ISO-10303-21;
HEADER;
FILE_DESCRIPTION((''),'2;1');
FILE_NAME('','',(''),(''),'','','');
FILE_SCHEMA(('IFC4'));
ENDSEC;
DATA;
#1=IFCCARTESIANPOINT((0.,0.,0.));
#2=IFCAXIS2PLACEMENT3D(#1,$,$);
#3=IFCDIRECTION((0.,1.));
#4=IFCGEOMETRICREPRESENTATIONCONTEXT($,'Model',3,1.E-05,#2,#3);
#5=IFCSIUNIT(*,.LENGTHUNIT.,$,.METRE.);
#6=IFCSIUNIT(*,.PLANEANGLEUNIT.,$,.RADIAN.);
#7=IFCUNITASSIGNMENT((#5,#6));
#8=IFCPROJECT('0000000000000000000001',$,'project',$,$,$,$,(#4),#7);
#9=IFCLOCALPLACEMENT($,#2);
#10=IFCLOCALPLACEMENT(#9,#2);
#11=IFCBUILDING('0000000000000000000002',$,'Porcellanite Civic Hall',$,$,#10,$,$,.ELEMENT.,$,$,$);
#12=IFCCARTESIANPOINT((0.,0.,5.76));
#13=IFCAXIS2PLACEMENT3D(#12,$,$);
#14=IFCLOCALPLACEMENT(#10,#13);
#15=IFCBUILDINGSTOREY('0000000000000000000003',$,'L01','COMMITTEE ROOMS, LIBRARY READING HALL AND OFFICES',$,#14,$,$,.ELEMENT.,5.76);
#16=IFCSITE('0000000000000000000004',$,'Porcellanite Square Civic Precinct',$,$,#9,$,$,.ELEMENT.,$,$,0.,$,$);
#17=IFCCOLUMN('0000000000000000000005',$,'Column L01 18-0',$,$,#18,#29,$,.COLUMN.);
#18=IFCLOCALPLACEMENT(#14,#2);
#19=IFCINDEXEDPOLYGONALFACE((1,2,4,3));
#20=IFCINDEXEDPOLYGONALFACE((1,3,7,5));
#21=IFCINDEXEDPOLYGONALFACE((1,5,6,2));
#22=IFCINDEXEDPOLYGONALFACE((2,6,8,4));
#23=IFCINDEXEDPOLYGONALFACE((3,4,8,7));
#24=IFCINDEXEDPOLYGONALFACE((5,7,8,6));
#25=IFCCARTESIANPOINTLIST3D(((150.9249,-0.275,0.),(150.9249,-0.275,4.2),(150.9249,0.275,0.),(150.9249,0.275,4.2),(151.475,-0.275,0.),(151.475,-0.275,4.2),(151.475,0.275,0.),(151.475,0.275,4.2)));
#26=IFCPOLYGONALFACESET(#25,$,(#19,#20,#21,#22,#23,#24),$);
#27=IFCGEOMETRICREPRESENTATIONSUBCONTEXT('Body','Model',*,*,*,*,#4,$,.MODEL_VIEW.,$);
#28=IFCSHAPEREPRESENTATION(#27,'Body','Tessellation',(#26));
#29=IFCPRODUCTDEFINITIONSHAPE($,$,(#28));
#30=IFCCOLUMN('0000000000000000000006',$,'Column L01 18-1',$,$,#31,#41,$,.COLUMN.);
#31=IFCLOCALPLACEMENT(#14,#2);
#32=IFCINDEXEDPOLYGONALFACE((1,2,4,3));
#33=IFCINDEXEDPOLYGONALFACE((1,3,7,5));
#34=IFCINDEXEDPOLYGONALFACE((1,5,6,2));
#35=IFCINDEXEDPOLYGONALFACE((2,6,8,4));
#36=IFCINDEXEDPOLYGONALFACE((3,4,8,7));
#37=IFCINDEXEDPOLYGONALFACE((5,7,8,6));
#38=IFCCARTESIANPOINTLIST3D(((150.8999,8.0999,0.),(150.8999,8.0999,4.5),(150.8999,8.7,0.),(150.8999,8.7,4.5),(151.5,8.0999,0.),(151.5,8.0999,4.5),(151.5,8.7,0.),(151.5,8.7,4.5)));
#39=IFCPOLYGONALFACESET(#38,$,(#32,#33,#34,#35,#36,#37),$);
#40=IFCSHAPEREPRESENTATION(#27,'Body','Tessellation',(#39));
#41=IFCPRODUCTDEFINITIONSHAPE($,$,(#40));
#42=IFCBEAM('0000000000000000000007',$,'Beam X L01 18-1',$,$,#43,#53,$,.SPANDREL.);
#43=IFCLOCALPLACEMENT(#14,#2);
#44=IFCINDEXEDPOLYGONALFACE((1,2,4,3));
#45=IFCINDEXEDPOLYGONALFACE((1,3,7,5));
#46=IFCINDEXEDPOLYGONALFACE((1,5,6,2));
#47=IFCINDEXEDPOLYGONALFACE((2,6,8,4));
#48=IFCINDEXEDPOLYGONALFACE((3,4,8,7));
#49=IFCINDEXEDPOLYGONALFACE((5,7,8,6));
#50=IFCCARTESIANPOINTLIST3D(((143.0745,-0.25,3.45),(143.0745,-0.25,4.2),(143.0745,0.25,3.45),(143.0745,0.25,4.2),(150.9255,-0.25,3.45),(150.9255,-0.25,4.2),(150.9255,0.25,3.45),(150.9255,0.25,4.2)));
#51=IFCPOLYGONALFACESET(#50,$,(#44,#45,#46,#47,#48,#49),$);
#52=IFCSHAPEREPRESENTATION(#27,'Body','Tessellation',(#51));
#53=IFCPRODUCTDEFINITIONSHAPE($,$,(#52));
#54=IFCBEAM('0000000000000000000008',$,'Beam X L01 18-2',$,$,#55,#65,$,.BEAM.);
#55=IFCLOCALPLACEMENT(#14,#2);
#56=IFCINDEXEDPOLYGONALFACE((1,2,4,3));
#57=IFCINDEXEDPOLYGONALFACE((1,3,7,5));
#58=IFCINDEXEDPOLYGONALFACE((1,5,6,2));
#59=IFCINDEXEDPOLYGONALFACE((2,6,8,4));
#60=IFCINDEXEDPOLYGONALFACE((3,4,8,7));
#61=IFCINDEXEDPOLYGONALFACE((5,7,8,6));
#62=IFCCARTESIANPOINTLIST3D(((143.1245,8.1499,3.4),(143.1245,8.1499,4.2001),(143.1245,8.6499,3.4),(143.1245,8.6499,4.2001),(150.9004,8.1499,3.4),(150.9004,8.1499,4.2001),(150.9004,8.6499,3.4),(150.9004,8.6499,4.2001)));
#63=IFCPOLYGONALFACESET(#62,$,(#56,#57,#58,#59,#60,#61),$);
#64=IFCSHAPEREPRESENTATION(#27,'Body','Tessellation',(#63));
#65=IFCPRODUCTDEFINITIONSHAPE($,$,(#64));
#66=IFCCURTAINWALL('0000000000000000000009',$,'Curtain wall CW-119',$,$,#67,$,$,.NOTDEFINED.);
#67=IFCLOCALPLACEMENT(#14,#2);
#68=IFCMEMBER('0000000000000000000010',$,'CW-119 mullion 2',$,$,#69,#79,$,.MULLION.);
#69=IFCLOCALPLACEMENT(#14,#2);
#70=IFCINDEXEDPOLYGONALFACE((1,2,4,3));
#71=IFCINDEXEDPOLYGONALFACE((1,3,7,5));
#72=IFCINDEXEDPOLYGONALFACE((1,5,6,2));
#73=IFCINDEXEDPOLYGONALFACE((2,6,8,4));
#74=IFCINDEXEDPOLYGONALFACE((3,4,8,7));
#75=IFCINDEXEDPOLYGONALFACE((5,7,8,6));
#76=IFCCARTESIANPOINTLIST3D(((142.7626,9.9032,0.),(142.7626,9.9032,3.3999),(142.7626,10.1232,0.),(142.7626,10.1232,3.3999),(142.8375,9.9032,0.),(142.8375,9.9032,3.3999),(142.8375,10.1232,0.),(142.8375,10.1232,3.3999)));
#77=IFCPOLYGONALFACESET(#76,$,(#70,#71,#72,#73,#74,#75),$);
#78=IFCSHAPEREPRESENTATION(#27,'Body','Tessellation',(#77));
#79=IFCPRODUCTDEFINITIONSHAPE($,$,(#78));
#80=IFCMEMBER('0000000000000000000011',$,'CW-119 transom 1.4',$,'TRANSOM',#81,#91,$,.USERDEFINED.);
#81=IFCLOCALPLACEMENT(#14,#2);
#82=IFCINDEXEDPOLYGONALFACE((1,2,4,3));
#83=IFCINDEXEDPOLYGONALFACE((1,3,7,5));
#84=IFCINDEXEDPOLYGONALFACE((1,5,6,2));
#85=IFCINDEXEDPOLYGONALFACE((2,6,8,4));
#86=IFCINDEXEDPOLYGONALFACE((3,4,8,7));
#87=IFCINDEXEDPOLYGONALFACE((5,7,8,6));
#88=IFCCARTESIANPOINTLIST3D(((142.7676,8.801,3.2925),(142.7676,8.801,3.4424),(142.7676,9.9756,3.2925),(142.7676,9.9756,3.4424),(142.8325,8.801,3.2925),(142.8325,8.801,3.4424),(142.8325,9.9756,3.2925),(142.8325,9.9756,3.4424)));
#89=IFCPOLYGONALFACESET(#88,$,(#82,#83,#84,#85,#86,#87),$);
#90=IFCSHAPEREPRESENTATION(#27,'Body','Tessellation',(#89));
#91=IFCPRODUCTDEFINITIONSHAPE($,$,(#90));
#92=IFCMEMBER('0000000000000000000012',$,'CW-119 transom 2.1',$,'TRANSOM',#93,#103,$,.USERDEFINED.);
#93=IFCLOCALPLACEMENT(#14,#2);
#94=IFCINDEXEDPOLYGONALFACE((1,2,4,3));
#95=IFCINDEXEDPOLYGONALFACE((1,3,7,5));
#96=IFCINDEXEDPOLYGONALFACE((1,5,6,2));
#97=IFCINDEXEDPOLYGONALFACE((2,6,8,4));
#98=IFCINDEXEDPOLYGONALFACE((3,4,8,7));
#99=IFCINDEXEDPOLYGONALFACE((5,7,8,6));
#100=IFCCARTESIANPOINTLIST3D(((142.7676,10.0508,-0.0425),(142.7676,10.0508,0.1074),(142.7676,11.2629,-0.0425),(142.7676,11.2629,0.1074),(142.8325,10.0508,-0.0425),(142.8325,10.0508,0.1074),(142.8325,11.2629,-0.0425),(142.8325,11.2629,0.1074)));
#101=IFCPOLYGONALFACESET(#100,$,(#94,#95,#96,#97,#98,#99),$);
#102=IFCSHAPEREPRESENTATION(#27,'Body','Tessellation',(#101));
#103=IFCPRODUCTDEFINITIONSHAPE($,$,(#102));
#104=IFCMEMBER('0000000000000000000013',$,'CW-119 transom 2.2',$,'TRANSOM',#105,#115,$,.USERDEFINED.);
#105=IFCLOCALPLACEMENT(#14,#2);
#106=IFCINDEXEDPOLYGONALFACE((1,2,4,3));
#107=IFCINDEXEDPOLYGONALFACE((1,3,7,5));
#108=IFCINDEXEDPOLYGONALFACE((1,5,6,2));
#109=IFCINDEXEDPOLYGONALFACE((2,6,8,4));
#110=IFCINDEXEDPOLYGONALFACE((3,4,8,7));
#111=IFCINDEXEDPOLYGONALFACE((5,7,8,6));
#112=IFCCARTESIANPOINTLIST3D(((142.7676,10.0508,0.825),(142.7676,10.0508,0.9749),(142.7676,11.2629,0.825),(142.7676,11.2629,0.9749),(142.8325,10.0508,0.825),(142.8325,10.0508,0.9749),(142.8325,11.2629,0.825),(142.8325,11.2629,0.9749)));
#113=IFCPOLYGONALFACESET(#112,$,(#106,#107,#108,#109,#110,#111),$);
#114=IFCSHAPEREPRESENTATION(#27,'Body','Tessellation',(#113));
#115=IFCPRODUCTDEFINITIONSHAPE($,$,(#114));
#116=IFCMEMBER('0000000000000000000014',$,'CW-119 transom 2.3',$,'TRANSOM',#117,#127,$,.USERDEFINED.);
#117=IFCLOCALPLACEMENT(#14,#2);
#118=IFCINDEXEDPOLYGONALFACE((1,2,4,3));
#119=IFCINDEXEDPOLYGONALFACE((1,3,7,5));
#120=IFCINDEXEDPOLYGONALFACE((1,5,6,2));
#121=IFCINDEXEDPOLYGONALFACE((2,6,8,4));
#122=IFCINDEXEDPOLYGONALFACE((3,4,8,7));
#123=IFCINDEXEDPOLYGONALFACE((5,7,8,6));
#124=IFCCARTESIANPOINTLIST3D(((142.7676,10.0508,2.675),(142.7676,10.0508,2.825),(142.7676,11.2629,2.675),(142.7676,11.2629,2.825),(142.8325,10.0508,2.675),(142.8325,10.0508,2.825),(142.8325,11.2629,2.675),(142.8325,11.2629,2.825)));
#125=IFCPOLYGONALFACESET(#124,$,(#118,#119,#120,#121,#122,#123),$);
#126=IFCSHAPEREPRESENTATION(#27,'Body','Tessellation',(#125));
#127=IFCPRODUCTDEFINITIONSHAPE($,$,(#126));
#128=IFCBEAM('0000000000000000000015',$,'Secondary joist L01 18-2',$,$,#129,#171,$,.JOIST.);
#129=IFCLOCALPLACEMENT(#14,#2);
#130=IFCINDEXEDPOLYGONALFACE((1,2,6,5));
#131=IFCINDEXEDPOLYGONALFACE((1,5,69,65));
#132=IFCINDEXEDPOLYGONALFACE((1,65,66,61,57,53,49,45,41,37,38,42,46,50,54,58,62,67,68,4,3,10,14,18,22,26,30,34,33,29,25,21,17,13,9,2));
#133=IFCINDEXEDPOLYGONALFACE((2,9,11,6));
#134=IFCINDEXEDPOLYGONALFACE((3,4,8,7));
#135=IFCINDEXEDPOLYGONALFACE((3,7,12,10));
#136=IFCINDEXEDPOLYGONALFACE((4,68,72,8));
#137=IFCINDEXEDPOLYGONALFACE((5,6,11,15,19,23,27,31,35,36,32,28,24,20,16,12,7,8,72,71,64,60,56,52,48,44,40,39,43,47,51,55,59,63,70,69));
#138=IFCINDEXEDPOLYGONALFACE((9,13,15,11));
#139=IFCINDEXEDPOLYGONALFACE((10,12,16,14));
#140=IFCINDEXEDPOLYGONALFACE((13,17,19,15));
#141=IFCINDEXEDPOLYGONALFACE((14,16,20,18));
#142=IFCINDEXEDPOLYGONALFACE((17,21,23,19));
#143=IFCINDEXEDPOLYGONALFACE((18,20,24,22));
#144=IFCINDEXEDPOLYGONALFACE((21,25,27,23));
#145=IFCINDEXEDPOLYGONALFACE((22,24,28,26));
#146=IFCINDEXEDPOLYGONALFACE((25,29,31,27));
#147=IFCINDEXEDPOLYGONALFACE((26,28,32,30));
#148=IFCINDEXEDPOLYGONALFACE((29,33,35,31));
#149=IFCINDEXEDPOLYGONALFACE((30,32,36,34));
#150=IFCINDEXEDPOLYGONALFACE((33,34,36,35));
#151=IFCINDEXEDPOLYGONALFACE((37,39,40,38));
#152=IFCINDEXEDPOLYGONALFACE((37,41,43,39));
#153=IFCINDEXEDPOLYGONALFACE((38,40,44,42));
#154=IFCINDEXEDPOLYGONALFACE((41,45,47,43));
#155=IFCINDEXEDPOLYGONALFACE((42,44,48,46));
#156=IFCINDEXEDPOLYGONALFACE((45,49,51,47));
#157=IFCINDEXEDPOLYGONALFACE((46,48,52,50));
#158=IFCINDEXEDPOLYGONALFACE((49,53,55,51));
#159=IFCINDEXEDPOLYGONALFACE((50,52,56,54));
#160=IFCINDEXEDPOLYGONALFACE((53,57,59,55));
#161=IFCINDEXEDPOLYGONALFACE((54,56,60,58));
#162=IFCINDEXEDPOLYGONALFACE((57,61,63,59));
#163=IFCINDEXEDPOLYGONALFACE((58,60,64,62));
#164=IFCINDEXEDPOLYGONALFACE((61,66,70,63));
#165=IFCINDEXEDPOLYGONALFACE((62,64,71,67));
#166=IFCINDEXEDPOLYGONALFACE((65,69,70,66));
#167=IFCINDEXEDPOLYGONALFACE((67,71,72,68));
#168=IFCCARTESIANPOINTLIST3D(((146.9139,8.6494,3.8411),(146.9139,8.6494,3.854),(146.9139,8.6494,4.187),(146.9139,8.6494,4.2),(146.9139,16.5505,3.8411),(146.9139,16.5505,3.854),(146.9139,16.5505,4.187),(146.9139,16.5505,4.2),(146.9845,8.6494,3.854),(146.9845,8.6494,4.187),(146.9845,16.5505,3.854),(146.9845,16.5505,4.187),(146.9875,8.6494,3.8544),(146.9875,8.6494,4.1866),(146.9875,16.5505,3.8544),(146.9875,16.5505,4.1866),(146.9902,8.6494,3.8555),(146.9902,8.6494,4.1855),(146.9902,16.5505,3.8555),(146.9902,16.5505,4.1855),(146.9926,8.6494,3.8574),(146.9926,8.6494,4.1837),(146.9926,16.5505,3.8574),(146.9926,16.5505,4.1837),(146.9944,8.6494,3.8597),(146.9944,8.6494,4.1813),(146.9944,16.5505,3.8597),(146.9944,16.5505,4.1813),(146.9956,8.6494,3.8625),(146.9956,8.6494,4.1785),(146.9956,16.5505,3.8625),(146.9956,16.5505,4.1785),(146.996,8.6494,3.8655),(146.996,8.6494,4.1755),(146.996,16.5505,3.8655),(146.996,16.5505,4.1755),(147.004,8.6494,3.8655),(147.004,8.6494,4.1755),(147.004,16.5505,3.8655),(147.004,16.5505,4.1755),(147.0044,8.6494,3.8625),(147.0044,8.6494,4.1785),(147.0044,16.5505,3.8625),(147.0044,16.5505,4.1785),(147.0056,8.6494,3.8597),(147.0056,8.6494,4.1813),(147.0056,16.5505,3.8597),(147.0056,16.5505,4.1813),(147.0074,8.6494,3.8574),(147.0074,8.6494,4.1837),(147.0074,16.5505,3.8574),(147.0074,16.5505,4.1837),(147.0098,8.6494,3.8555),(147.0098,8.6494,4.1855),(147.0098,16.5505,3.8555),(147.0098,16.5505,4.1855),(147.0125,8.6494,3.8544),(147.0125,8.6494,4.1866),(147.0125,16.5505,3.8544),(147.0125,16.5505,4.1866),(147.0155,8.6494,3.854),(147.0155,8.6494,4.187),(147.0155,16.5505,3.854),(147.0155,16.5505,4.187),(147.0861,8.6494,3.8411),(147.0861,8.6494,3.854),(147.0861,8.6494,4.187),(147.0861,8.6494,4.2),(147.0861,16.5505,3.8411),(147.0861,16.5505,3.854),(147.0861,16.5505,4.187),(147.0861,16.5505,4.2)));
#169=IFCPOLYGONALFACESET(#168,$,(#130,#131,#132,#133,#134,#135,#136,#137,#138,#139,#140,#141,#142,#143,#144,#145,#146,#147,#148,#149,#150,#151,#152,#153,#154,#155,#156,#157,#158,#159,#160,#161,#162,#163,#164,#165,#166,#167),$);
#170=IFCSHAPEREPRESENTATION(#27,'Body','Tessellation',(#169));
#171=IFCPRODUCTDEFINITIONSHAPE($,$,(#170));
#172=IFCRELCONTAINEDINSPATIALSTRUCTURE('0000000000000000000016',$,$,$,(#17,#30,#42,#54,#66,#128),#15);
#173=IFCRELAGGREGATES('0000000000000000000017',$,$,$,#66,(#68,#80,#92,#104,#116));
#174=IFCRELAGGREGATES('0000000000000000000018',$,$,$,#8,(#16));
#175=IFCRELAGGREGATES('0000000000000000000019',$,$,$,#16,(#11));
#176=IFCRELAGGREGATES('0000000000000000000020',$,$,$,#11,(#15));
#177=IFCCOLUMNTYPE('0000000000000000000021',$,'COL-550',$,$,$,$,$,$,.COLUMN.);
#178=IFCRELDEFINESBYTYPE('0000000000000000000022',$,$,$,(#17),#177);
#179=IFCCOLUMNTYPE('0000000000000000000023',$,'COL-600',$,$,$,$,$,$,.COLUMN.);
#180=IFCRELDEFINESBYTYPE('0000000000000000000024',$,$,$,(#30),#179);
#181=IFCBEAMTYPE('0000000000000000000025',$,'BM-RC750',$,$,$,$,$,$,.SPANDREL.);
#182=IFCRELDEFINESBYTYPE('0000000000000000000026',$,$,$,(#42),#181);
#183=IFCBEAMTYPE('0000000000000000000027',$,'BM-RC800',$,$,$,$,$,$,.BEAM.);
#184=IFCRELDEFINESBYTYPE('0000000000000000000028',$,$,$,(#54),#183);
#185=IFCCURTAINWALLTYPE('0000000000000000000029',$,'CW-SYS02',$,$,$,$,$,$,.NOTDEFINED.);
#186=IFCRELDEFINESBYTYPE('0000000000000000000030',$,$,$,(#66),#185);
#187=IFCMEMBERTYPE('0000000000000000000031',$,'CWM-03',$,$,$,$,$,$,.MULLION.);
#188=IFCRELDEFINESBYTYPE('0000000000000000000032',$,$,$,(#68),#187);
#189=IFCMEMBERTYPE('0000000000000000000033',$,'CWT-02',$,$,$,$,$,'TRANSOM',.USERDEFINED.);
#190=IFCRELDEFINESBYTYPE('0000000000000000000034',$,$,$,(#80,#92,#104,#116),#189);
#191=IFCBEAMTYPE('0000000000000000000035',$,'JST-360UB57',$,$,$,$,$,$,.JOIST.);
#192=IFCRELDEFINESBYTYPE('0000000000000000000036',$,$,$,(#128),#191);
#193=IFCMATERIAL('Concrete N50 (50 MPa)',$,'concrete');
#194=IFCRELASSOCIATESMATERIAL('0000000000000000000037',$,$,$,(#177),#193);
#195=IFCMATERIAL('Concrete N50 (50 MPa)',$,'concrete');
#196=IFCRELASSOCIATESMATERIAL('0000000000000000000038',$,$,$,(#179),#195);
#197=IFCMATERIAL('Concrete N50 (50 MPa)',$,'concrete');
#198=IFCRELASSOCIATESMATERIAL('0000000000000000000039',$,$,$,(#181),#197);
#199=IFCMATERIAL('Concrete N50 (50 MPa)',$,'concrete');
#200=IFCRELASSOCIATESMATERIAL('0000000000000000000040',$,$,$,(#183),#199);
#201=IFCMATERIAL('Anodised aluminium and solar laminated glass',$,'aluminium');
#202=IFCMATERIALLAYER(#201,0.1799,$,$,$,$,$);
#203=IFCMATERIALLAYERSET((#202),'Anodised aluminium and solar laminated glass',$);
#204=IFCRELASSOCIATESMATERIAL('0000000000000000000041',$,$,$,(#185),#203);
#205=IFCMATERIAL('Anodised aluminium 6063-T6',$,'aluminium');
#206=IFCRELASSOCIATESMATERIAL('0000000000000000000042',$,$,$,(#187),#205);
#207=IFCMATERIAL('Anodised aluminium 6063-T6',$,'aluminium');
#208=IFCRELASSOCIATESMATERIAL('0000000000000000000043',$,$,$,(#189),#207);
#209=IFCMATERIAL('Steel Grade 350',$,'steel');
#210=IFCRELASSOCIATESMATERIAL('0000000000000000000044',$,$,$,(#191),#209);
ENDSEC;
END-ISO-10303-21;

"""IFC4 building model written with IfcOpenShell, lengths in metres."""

from ifc_helpers import new_model, si_unit, direction, frame, origin, origin_2d, place, context, subcontext, project, spatial, rectangle, i_section, extrude, material, layer, layer_set, material_profile, profile_set, type_object, element, aggregate, save


model = new_model("IFC4")

# Units and contexts
model_context = context("Model", 3, precision=1e-05, world=origin(), true_north=direction((0.0, 1.0)))
body_context = subcontext(model_context, "Body", "Model", "MODEL_VIEW")
ifc_project = project(units=[si_unit("LENGTHUNIT", "METRE"), si_unit("PLANEANGLEUNIT", "RADIAN")], contexts=[model_context])

# Site, building, storey
site_placement = place(None, origin())
site = spatial("IfcSite", under=ifc_project, at=site_placement, Name="Porcellanite Square Civic Precinct", CompositionType="ELEMENT", RefElevation=0.0)
building_placement = place(site_placement, origin())
building = spatial("IfcBuilding", under=site, at=building_placement, Name="Porcellanite Civic Hall", CompositionType="ELEMENT")
storey_placement = place(building_placement, frame((0.0, 0.0, 5.76)))
storey = spatial("IfcBuildingStorey", under=building, at=storey_placement, Name="L01", Description="COMMITTEE ROOMS, LIBRARY READING HALL AND OFFICES", CompositionType="ELEMENT", Elevation=5.76)

# Columns
ifc_material_1 = material(Name="Concrete N50 (50 MPa)", Category="concrete")
ifc_material_profile_1 = material_profile(ifc_material_1, rectangle(XDim=0.55, YDim=0.55, at=origin_2d()), Name="RC-550x550")
ifc_profile_set_1 = profile_set([ifc_material_profile_1], Name="Concrete N50 (50 MPa)")
column_type_1 = type_object("IfcColumnType", Name="COL-550", PredefinedType="COLUMN", material=ifc_profile_set_1)
column_1_placement = place(storey_placement, frame((151.2, 0.0, 0.0), z_axis=(0.0, 0.0, 1.0), x_axis=(1.0, 0.0, 0.0)))
element("IfcColumn", 1, at=column_1_placement, inside=storey, type_object=column_type_1, Name="Column L01 18-0", PredefinedType="COLUMN", context=body_context, shape_type="SweptSolid", body=[
    extrude(rectangle(XDim=0.55, YDim=0.55, at=origin_2d()), origin(), (0.0, 0.0, 1.0), 4.2),
])
ifc_material_2 = material(Name="Concrete N50 (50 MPa)", Category="concrete")
ifc_material_profile_2 = material_profile(ifc_material_2, rectangle(XDim=0.6001, YDim=0.6001, at=origin_2d()), Name="RC-600x600")
ifc_profile_set_2 = profile_set([ifc_material_profile_2], Name="Concrete N50 (50 MPa)")
column_type_2 = type_object("IfcColumnType", Name="COL-600", PredefinedType="COLUMN", material=ifc_profile_set_2)
column_2_placement = place(storey_placement, frame((151.2, 8.3999, 0.0), z_axis=(0.0, 0.0, 1.0), x_axis=(1.0, 0.0, 0.0)))
element("IfcColumn", 2, at=column_2_placement, inside=storey, type_object=column_type_2, Name="Column L01 18-1", PredefinedType="COLUMN", context=body_context, shape_type="SweptSolid", body=[
    extrude(rectangle(XDim=0.6001, YDim=0.6001, at=origin_2d()), origin(), (0.0, 0.0, 1.0), 4.5),
])

# Beams
ifc_material_3 = material(Name="Concrete N50 (50 MPa)", Category="concrete")
ifc_material_profile_3 = material_profile(ifc_material_3, rectangle(XDim=0.5, YDim=0.75, at=origin_2d()), Name="RC-500x750")
ifc_profile_set_3 = profile_set([ifc_material_profile_3], Name="Concrete N50 (50 MPa)")
beam_type_1 = type_object("IfcBeamType", Name="BM-RC750", PredefinedType="SPANDREL", material=ifc_profile_set_3)
beam_1_placement = place(storey_placement, frame((143.0745, 0.0, 3.825), z_axis=(1.0, 0.0, 0.0), x_axis=(0.0, 1.0, 0.0)))
element("IfcBeam", 3, at=beam_1_placement, inside=storey, type_object=beam_type_1, Name="Beam X L01 18-1", PredefinedType="SPANDREL", context=body_context, shape_type="SweptSolid", body=[
    extrude(rectangle(XDim=0.5, YDim=0.75, at=origin_2d()), origin(), (0.0, 0.0, 1.0), 7.8511),
])
ifc_material_4 = material(Name="Concrete N50 (50 MPa)", Category="concrete")
ifc_material_profile_4 = material_profile(ifc_material_4, rectangle(XDim=0.5, YDim=0.8, at=origin_2d()), Name="RC-500x800")
ifc_profile_set_4 = profile_set([ifc_material_profile_4], Name="Concrete N50 (50 MPa)")
beam_type_2 = type_object("IfcBeamType", Name="BM-RC800", PredefinedType="BEAM", material=ifc_profile_set_4)
beam_2_placement = place(storey_placement, frame((143.1245, 8.3999, 3.8), z_axis=(1.0, 0.0, 0.0), x_axis=(0.0, 1.0, 0.0)))
element("IfcBeam", 4, at=beam_2_placement, inside=storey, type_object=beam_type_2, Name="Beam X L01 18-2", PredefinedType="BEAM", context=body_context, shape_type="SweptSolid", body=[
    extrude(rectangle(XDim=0.5, YDim=0.8, at=origin_2d()), origin(), (0.0, 0.0, 1.0), 7.7759),
])

# Curtain wall, members
ifc_material_5 = material(Name="Anodised aluminium and solar laminated glass", Category="aluminium")
ifc_layer_1 = layer(ifc_material_5, 0.1799)
ifc_layer_set_1 = layer_set([ifc_layer_1], Name="Anodised aluminium and solar laminated glass")
curtain_wall_type = type_object("IfcCurtainWallType", Name="CW-SYS02", PredefinedType="NOTDEFINED", material=ifc_layer_set_1)
curtain_wall_placement = place(storey_placement, origin())
curtain_wall = element("IfcCurtainWall", 5, at=curtain_wall_placement, inside=storey, type_object=curtain_wall_type, Name="Curtain wall CW-119", PredefinedType="NOTDEFINED")
ifc_material_6 = material(Name="Anodised aluminium 6063-T6", Category="aluminium")
ifc_material_profile_5 = material_profile(ifc_material_6, rectangle(XDim=0.075, YDim=0.22, at=origin_2d()), Name="AL-75x220")
ifc_profile_set_5 = profile_set([ifc_material_profile_5], Name="Anodised aluminium 6063-T6")
member_type_1 = type_object("IfcMemberType", Name="CWM-03", PredefinedType="MULLION", material=ifc_profile_set_5)
member_1_placement = place(storey_placement, frame((142.8, 10.0132, 0.0), z_axis=(0.0, 0.0, 1.0), x_axis=(-1.0, 0.0, 0.0)))
member_1 = element("IfcMember", 6, at=member_1_placement, type_object=member_type_1, Name="CW-119 mullion 2", PredefinedType="MULLION", context=body_context, shape_type="SweptSolid", body=[
    extrude(rectangle(XDim=0.075, YDim=0.22, at=origin_2d()), origin(), (0.0, 0.0, 1.0), 3.3999),
])
ifc_material_7 = material(Name="Anodised aluminium 6063-T6", Category="aluminium")
ifc_material_profile_6 = material_profile(ifc_material_7, rectangle(XDim=0.0649, YDim=0.1499, at=origin_2d()), Name="AL-65x150")
ifc_profile_set_6 = profile_set([ifc_material_profile_6], Name="Anodised aluminium 6063-T6")
member_type_2 = type_object("IfcMemberType", Name="CWT-02", ElementType="TRANSOM", PredefinedType="USERDEFINED", material=ifc_profile_set_6)
member_2_placement = place(storey_placement, frame((142.8, 8.801, 3.3674), z_axis=(0.0, 1.0, 0.0), x_axis=(-1.0, 0.0, 0.0)))
member_2 = element("IfcMember", 7, at=member_2_placement, type_object=member_type_2, Name="CW-119 transom 1.4", ObjectType="TRANSOM", PredefinedType="USERDEFINED", context=body_context, shape_type="SweptSolid", body=[
    extrude(rectangle(XDim=0.0649, YDim=0.1499, at=origin_2d()), origin(), (0.0, 0.0, 1.0), 1.1746),
])
member_3_placement = place(storey_placement, frame((142.8, 10.0508, 0.0325), z_axis=(0.0, 1.0, 0.0), x_axis=(-1.0, 0.0, 0.0)))
member_3 = element("IfcMember", 8, at=member_3_placement, type_object=member_type_2, Name="CW-119 transom 2.1", ObjectType="TRANSOM", PredefinedType="USERDEFINED", context=body_context, shape_type="SweptSolid", body=[
    extrude(rectangle(XDim=0.0649, YDim=0.1499, at=origin_2d()), origin(), (0.0, 0.0, 1.0), 1.2122),
])
member_4_placement = place(storey_placement, frame((142.8, 10.0508, 0.8999), z_axis=(0.0, 1.0, 0.0), x_axis=(-1.0, 0.0, 0.0)))
member_4 = element("IfcMember", 9, at=member_4_placement, type_object=member_type_2, Name="CW-119 transom 2.2", ObjectType="TRANSOM", PredefinedType="USERDEFINED", context=body_context, shape_type="SweptSolid", body=[
    extrude(rectangle(XDim=0.0649, YDim=0.1499, at=origin_2d()), origin(), (0.0, 0.0, 1.0), 1.2122),
])
member_5_placement = place(storey_placement, frame((142.8, 10.0508, 2.75), z_axis=(0.0, 1.0, 0.0), x_axis=(-1.0, 0.0, 0.0)))
member_5 = element("IfcMember", 10, at=member_5_placement, type_object=member_type_2, Name="CW-119 transom 2.3", ObjectType="TRANSOM", PredefinedType="USERDEFINED", context=body_context, shape_type="SweptSolid", body=[
    extrude(rectangle(XDim=0.0649, YDim=0.1499, at=origin_2d()), origin(), (0.0, 0.0, 1.0), 1.2122),
])

# Beam
ifc_material_8 = material(Name="Steel Grade 350", Category="steel")
ifc_material_profile_7 = material_profile(ifc_material_8, i_section(OverallWidth=0.1721, OverallDepth=0.3589, WebThickness=0.0081, FlangeThickness=0.0129, FilletRadius=0.0115, at=origin_2d()), Name="360UB56.7")
ifc_profile_set_7 = profile_set([ifc_material_profile_7], Name="Steel Grade 350")
beam_type_3 = type_object("IfcBeamType", Name="JST-360UB57", PredefinedType="JOIST", material=ifc_profile_set_7)
beam_3_placement = place(storey_placement, frame((147.0, 8.6494, 4.0205), z_axis=(0.0, 1.0, 0.0), x_axis=(-1.0, 0.0, 0.0)))
element("IfcBeam", 11, at=beam_3_placement, inside=storey, type_object=beam_type_3, Name="Secondary joist L01 18-2", PredefinedType="JOIST", context=body_context, shape_type="SweptSolid", body=[
    extrude(i_section(OverallWidth=0.1721, OverallDepth=0.3589, WebThickness=0.0081, FlangeThickness=0.0129, FilletRadius=0.0115, at=origin_2d()), origin(), (0.0, 0.0, 1.0), 7.9011),
])

aggregate(curtain_wall, [member_1, member_2, member_3, member_4, member_5])

save(model, "model.ifc")
